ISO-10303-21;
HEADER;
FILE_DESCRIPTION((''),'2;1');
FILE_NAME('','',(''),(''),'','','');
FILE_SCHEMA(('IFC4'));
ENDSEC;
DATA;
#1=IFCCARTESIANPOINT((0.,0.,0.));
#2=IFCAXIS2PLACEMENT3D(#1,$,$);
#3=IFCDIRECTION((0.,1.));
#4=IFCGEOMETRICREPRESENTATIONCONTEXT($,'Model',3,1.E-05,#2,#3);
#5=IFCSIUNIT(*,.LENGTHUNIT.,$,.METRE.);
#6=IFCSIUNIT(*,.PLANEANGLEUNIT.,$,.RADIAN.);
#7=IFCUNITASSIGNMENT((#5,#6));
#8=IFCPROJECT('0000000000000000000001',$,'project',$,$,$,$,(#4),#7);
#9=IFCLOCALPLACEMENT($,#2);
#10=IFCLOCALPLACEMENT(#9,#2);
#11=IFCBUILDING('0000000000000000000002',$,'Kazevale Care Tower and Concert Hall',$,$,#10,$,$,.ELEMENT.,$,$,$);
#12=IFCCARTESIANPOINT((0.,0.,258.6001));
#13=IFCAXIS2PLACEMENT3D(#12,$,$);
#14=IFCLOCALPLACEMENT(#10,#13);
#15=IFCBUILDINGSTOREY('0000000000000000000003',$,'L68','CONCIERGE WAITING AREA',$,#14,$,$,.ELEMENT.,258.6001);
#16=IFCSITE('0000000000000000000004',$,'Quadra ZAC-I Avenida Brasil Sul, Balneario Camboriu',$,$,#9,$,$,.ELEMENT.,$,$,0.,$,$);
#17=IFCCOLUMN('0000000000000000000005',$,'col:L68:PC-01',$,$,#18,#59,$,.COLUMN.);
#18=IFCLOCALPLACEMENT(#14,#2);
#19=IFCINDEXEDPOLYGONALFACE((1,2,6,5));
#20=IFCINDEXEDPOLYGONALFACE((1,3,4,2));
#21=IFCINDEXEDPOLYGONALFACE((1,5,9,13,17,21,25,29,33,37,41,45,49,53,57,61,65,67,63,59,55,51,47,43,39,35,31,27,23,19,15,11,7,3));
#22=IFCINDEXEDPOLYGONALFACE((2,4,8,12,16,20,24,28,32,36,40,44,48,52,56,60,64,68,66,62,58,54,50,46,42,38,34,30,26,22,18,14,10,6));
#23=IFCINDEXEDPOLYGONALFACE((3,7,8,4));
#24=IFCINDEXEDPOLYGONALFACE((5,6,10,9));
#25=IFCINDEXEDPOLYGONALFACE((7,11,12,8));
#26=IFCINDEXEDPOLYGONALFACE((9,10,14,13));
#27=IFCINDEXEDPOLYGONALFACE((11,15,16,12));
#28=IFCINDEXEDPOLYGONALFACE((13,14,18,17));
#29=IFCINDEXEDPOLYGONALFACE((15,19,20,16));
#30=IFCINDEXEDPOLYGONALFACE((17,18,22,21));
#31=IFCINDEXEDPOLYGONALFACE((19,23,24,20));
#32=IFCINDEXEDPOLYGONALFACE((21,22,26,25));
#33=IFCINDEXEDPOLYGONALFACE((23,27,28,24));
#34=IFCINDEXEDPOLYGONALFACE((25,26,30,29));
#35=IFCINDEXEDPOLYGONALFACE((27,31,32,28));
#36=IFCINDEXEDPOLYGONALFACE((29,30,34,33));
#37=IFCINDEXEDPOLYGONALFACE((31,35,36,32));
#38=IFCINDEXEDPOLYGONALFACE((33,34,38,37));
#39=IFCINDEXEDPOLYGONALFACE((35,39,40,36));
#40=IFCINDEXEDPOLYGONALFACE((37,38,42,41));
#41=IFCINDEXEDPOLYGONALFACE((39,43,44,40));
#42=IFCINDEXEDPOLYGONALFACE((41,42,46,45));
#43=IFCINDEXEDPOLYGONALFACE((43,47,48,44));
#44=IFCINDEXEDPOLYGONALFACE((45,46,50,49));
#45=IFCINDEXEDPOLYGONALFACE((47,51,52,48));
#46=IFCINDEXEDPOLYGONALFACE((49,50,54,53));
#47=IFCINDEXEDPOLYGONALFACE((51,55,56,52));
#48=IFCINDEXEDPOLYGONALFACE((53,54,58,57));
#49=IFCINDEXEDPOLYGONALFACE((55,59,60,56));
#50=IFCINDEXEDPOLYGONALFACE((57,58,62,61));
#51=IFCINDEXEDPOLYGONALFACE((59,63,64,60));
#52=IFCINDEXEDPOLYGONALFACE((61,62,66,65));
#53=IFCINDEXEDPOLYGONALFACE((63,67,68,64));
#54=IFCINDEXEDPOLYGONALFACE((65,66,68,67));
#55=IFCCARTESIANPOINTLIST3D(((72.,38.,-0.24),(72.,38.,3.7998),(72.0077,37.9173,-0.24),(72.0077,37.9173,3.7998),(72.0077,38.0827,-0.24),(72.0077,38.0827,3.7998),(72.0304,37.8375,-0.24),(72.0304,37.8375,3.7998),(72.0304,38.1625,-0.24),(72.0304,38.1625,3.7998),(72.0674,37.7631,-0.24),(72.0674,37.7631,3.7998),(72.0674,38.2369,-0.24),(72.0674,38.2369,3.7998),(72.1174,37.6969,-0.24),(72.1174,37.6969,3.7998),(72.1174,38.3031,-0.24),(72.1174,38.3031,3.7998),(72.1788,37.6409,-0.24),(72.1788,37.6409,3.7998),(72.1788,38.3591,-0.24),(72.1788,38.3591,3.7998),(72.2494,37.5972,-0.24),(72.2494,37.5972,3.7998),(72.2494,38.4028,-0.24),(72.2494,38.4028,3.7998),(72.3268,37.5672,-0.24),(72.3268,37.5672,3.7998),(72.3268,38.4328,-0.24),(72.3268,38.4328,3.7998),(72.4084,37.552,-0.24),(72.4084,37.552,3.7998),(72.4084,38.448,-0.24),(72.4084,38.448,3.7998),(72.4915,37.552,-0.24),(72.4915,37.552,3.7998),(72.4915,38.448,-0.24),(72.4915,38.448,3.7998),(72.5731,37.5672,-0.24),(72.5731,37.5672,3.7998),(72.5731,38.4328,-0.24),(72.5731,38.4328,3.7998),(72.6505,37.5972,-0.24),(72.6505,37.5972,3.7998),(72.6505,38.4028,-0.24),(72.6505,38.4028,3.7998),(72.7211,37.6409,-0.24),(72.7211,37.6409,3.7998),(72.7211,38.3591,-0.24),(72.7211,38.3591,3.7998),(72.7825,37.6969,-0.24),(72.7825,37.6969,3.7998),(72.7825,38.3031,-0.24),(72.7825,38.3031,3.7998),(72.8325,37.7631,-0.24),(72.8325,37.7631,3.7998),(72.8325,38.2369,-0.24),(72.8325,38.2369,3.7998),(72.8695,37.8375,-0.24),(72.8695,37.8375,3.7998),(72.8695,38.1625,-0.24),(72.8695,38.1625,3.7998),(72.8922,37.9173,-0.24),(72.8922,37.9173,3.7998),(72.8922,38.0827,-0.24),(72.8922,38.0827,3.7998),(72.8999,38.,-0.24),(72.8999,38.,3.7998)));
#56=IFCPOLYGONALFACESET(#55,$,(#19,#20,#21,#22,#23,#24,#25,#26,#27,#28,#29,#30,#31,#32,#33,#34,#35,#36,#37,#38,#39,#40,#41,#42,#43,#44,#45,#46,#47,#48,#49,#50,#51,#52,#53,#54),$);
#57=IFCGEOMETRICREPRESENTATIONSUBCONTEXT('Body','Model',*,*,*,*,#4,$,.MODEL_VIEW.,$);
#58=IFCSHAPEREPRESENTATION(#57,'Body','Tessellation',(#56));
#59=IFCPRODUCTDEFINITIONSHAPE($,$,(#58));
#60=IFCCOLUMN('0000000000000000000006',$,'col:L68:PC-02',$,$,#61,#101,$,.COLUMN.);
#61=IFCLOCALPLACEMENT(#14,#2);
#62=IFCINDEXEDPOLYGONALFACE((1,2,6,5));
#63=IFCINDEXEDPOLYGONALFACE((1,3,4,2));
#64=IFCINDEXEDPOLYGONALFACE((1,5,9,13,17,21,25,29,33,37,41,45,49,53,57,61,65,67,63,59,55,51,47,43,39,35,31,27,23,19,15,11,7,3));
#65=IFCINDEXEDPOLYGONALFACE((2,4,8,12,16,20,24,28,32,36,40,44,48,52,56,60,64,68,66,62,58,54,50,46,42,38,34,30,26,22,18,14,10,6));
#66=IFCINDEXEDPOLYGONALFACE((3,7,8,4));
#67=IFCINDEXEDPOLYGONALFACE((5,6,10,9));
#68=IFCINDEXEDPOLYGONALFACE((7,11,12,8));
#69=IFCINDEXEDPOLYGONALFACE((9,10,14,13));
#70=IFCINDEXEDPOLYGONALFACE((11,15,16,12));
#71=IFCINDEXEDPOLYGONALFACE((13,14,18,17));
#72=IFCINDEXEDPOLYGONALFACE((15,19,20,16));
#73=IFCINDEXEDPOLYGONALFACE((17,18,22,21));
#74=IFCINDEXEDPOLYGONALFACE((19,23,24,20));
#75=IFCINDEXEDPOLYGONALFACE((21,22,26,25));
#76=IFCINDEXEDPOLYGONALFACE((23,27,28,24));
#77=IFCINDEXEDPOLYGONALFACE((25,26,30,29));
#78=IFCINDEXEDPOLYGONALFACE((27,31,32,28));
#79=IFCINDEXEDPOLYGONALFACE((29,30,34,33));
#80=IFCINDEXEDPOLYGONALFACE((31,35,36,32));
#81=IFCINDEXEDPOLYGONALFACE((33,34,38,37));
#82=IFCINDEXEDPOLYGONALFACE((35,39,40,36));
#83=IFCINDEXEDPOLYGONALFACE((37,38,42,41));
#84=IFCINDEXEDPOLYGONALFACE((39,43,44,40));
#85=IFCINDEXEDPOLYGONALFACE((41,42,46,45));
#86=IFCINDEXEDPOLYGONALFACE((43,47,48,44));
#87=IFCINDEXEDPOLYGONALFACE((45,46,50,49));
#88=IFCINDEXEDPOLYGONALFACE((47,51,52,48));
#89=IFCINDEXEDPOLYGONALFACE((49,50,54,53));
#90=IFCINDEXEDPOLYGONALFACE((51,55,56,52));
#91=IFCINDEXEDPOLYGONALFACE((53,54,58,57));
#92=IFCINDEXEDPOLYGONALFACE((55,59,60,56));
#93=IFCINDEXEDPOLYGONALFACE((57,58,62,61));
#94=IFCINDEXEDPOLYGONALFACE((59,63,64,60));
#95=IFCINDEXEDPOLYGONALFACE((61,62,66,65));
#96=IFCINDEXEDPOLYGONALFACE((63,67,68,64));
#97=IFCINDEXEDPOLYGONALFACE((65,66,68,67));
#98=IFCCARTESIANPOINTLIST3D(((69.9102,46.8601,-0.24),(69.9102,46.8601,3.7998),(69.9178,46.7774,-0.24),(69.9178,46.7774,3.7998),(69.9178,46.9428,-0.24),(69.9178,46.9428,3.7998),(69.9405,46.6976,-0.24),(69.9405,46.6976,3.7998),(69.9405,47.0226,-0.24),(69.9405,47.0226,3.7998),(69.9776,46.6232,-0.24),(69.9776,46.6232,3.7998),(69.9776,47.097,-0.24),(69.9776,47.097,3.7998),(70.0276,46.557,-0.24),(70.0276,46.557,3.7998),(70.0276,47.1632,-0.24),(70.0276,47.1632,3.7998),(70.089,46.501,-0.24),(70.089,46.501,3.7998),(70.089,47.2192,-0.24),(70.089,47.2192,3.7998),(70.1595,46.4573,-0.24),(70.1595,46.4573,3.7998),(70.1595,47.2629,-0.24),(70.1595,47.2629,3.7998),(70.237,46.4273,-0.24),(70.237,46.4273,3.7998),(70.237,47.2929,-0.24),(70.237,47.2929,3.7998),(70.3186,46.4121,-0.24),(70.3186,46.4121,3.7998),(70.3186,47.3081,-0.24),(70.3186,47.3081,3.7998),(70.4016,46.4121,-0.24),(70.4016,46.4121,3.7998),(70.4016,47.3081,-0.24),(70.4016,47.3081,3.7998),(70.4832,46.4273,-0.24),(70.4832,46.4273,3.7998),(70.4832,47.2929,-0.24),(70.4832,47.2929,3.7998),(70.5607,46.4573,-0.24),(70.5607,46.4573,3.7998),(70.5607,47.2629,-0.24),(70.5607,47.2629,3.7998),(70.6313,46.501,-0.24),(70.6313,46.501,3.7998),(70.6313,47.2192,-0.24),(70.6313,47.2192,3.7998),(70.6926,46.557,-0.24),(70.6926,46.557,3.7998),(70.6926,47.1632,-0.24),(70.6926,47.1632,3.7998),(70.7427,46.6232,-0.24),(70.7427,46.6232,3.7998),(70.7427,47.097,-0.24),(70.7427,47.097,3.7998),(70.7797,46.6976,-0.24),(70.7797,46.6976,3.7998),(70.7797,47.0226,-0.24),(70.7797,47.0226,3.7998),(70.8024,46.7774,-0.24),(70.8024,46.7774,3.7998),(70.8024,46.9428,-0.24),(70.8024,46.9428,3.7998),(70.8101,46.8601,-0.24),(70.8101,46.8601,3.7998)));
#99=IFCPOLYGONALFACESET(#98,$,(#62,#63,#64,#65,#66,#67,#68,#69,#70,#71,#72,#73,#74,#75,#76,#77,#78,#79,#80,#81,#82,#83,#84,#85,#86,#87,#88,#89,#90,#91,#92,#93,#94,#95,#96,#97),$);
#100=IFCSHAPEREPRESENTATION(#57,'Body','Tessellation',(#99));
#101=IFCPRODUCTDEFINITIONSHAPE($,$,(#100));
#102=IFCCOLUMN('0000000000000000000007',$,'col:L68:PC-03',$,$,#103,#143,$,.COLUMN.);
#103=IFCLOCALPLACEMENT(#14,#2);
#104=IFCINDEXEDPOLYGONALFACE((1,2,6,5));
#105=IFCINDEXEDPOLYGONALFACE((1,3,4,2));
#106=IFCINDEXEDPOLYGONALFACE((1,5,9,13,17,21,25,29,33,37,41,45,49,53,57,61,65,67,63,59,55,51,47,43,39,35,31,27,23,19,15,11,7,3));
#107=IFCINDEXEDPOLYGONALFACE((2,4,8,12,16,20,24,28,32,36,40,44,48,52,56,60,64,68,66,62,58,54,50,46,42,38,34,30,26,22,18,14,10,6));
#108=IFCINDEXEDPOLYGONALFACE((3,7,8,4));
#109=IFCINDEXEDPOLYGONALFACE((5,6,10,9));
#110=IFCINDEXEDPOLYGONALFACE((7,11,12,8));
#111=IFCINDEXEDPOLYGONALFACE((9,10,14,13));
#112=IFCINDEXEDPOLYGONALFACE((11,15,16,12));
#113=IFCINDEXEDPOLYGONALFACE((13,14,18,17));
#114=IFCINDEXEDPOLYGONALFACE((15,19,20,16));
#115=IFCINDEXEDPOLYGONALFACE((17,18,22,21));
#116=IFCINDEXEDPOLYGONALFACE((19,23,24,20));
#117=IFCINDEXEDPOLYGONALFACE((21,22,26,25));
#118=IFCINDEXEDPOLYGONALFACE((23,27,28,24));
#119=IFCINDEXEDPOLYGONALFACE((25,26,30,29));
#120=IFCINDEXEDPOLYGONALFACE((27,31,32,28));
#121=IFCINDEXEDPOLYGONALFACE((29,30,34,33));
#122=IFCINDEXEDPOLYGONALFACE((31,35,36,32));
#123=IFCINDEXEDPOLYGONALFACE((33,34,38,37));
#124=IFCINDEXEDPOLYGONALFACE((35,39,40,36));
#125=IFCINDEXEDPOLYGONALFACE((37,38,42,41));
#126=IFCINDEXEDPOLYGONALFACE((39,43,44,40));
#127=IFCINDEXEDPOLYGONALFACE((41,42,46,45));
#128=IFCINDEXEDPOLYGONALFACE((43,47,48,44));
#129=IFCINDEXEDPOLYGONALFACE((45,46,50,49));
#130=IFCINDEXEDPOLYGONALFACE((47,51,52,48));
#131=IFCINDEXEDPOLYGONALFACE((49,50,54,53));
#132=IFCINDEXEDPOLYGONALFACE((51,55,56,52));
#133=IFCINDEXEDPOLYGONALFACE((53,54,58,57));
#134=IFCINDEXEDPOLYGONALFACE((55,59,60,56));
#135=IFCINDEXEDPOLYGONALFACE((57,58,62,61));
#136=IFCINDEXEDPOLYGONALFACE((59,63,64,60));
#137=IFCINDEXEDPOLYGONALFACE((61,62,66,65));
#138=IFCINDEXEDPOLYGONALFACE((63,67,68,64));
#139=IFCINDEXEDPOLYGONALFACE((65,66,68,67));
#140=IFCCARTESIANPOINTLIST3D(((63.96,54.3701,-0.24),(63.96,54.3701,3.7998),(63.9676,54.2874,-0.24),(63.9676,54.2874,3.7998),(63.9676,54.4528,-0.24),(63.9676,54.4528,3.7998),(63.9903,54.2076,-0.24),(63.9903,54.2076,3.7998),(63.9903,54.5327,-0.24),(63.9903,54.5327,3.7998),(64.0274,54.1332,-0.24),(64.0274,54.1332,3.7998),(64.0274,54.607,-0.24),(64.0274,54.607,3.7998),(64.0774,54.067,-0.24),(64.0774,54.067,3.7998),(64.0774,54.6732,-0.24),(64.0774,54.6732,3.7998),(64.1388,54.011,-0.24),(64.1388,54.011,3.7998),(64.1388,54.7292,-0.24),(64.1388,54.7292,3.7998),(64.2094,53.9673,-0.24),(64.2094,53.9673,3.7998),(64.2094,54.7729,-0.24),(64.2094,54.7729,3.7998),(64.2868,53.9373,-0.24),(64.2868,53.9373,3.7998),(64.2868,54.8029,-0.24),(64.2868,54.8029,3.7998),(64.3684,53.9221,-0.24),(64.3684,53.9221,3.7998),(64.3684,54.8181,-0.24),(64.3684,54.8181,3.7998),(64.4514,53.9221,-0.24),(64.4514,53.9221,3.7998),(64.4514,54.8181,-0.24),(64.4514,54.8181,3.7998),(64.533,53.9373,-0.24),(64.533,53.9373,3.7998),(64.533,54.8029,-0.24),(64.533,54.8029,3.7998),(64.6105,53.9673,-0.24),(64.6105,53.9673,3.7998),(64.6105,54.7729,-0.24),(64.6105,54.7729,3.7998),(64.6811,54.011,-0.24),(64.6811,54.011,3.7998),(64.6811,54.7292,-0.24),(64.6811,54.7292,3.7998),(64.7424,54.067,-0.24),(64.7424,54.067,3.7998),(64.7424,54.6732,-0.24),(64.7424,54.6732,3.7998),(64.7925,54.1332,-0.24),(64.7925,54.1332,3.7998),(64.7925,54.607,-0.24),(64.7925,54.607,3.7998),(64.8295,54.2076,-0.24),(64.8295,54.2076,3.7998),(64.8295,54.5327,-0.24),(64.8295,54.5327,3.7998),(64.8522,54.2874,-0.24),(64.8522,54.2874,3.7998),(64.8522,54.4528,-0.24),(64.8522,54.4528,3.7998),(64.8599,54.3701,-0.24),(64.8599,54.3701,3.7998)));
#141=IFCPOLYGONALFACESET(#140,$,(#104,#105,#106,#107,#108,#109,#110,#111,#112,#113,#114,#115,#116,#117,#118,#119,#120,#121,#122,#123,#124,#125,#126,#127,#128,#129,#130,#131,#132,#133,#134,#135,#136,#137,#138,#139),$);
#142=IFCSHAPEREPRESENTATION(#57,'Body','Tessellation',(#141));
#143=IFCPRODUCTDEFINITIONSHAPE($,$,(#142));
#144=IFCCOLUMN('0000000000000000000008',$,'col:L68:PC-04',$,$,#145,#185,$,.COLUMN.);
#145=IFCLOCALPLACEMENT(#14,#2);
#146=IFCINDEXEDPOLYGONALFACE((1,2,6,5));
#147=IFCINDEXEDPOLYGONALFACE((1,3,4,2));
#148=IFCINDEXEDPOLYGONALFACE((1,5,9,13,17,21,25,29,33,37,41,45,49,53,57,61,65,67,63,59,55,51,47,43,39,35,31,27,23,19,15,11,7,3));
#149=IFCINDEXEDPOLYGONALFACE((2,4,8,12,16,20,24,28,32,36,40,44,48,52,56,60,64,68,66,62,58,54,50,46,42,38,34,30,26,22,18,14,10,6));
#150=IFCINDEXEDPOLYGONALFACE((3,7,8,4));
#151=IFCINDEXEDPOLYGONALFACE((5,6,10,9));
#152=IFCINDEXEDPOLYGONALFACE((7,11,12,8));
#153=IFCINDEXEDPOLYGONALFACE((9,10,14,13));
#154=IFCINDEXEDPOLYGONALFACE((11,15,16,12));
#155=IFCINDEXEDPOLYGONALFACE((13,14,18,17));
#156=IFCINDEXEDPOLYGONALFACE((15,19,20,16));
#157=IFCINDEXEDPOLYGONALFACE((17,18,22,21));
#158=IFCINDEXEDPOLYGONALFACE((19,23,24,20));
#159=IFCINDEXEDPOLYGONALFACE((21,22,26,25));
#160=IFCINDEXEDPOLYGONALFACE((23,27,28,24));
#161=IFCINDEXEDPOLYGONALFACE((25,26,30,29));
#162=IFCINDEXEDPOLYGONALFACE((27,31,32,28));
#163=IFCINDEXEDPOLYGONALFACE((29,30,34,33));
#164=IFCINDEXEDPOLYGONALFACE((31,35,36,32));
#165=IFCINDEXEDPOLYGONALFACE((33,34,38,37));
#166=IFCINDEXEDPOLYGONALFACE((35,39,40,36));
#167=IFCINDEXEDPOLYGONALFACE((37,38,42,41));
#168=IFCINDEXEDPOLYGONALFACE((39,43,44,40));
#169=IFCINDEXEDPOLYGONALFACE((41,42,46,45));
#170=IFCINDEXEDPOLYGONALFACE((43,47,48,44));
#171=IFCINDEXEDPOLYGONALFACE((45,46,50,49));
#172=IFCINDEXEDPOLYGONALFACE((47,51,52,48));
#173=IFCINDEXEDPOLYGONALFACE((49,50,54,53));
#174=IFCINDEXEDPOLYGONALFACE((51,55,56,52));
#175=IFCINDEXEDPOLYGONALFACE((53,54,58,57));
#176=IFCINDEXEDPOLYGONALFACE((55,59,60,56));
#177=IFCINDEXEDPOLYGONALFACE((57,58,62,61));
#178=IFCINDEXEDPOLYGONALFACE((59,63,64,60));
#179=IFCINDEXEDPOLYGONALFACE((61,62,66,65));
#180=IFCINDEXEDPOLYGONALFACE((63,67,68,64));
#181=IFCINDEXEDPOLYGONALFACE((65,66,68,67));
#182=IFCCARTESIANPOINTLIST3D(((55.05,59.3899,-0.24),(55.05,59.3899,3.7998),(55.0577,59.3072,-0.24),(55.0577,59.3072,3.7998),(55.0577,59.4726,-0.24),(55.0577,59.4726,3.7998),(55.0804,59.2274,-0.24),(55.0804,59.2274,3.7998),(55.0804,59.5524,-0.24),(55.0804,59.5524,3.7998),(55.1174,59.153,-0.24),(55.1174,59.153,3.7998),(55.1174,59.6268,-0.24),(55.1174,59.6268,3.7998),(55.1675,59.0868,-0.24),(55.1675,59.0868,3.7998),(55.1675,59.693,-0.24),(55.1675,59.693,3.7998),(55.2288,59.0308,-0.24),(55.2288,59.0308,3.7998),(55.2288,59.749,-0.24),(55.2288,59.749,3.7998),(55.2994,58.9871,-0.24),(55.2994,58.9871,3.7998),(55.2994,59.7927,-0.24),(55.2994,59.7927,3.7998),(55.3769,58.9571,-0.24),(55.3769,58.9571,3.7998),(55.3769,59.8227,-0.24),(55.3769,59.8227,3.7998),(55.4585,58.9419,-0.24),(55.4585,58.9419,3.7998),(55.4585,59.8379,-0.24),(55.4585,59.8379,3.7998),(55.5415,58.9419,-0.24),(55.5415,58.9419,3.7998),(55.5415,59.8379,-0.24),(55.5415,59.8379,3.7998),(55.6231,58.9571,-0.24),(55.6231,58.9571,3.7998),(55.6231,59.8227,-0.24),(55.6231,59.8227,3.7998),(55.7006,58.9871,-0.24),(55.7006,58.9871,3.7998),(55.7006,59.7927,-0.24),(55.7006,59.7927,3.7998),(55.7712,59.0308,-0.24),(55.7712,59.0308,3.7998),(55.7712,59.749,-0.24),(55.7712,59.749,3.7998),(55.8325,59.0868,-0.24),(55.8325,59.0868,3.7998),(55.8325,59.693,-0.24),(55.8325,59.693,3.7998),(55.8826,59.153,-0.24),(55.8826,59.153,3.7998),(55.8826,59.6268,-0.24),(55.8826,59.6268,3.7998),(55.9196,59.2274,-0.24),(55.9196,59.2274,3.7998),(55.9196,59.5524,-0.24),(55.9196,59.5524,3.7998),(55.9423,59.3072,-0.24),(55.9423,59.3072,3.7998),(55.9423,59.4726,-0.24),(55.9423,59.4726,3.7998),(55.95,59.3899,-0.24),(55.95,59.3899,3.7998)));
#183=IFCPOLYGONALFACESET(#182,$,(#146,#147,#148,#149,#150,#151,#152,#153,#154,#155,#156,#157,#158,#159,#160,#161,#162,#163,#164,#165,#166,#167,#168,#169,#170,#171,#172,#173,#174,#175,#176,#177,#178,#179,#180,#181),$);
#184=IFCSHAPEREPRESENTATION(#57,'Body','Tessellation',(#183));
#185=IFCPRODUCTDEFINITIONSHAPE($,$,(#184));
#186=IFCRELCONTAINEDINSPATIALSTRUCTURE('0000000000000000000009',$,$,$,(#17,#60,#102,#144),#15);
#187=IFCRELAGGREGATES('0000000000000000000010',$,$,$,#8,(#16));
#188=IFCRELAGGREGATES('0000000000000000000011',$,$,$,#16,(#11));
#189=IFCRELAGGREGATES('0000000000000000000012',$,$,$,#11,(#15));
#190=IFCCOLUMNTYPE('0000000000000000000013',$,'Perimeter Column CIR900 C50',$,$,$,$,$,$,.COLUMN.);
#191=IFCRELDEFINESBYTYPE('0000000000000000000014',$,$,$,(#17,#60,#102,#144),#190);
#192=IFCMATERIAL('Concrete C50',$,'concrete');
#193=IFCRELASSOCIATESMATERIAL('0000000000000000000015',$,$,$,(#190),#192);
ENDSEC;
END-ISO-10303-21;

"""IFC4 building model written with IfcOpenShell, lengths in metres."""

from ifc_helpers import new_model, si_unit, direction, frame, origin, origin_2d, place, context, subcontext, project, spatial, circle, extrude, material, material_profile, profile_set, type_object, element, save


model = new_model("IFC4")

# Units and contexts
model_context = context("Model", 3, precision=1e-05, world=origin(), true_north=direction((0.0, 1.0)))
body_context = subcontext(model_context, "Body", "Model", "MODEL_VIEW")
ifc_project = project(units=[si_unit("LENGTHUNIT", "METRE"), si_unit("PLANEANGLEUNIT", "RADIAN")], contexts=[model_context])

# Site, building, storey
site_placement = place(None, origin())
site = spatial("IfcSite", under=ifc_project, at=site_placement, Name="Quadra ZAC-I Avenida Brasil Sul, Balneario Camboriu", CompositionType="ELEMENT", RefElevation=0.0)
building_placement = place(site_placement, origin())
building = spatial("IfcBuilding", under=site, at=building_placement, Name="Kazevale Care Tower and Concert Hall", CompositionType="ELEMENT")
storey_placement = place(building_placement, frame((0.0, 0.0, 258.6001)))
storey = spatial("IfcBuildingStorey", under=building, at=storey_placement, Name="L68", Description="CONCIERGE WAITING AREA", CompositionType="ELEMENT", Elevation=258.6001)

# Columns
ifc_material_1 = material(Name="Concrete C50", Category="concrete")
ifc_material_profile_1 = material_profile(ifc_material_1, circle(Radius=0.45, at=origin_2d()), Name="RC-CIR900")
ifc_profile_set_1 = profile_set([ifc_material_profile_1], Name="Concrete C50")
column_type = type_object("IfcColumnType", Name="Perimeter Column CIR900 C50", PredefinedType="COLUMN", material=ifc_profile_set_1)
for number, where, z_axis, x_axis, name in (
    (1, (72.45, 38.0, -0.24), (0.0, 0.0, 1.0), (1.0, 0.0, 0.0), "col:L68:PC-01"),
    (2, (70.3601, 46.8601, -0.24), (0.0, 0.0, 1.0), (1.0, 0.0, 0.0), "col:L68:PC-02"),
    (3, (64.4099, 54.3701, -0.24), (0.0, 0.0, 1.0), (1.0, 0.0, 0.0), "col:L68:PC-03"),
    (4, (55.5, 59.3899, -0.24), (0.0, 0.0, 1.0), (1.0, 0.0, 0.0), "col:L68:PC-04"),
):
    element("IfcColumn", number, at=place(storey_placement, frame(where, z_axis=z_axis, x_axis=x_axis)), inside=storey, type_object=column_type, Name=name, PredefinedType="COLUMN", context=body_context, shape_type="SweptSolid", body=[
        extrude(circle(Radius=0.45, at=origin_2d()), origin(), (0.0, 0.0, 1.0), 4.0398),
    ])

save(model, "model.ifc")
